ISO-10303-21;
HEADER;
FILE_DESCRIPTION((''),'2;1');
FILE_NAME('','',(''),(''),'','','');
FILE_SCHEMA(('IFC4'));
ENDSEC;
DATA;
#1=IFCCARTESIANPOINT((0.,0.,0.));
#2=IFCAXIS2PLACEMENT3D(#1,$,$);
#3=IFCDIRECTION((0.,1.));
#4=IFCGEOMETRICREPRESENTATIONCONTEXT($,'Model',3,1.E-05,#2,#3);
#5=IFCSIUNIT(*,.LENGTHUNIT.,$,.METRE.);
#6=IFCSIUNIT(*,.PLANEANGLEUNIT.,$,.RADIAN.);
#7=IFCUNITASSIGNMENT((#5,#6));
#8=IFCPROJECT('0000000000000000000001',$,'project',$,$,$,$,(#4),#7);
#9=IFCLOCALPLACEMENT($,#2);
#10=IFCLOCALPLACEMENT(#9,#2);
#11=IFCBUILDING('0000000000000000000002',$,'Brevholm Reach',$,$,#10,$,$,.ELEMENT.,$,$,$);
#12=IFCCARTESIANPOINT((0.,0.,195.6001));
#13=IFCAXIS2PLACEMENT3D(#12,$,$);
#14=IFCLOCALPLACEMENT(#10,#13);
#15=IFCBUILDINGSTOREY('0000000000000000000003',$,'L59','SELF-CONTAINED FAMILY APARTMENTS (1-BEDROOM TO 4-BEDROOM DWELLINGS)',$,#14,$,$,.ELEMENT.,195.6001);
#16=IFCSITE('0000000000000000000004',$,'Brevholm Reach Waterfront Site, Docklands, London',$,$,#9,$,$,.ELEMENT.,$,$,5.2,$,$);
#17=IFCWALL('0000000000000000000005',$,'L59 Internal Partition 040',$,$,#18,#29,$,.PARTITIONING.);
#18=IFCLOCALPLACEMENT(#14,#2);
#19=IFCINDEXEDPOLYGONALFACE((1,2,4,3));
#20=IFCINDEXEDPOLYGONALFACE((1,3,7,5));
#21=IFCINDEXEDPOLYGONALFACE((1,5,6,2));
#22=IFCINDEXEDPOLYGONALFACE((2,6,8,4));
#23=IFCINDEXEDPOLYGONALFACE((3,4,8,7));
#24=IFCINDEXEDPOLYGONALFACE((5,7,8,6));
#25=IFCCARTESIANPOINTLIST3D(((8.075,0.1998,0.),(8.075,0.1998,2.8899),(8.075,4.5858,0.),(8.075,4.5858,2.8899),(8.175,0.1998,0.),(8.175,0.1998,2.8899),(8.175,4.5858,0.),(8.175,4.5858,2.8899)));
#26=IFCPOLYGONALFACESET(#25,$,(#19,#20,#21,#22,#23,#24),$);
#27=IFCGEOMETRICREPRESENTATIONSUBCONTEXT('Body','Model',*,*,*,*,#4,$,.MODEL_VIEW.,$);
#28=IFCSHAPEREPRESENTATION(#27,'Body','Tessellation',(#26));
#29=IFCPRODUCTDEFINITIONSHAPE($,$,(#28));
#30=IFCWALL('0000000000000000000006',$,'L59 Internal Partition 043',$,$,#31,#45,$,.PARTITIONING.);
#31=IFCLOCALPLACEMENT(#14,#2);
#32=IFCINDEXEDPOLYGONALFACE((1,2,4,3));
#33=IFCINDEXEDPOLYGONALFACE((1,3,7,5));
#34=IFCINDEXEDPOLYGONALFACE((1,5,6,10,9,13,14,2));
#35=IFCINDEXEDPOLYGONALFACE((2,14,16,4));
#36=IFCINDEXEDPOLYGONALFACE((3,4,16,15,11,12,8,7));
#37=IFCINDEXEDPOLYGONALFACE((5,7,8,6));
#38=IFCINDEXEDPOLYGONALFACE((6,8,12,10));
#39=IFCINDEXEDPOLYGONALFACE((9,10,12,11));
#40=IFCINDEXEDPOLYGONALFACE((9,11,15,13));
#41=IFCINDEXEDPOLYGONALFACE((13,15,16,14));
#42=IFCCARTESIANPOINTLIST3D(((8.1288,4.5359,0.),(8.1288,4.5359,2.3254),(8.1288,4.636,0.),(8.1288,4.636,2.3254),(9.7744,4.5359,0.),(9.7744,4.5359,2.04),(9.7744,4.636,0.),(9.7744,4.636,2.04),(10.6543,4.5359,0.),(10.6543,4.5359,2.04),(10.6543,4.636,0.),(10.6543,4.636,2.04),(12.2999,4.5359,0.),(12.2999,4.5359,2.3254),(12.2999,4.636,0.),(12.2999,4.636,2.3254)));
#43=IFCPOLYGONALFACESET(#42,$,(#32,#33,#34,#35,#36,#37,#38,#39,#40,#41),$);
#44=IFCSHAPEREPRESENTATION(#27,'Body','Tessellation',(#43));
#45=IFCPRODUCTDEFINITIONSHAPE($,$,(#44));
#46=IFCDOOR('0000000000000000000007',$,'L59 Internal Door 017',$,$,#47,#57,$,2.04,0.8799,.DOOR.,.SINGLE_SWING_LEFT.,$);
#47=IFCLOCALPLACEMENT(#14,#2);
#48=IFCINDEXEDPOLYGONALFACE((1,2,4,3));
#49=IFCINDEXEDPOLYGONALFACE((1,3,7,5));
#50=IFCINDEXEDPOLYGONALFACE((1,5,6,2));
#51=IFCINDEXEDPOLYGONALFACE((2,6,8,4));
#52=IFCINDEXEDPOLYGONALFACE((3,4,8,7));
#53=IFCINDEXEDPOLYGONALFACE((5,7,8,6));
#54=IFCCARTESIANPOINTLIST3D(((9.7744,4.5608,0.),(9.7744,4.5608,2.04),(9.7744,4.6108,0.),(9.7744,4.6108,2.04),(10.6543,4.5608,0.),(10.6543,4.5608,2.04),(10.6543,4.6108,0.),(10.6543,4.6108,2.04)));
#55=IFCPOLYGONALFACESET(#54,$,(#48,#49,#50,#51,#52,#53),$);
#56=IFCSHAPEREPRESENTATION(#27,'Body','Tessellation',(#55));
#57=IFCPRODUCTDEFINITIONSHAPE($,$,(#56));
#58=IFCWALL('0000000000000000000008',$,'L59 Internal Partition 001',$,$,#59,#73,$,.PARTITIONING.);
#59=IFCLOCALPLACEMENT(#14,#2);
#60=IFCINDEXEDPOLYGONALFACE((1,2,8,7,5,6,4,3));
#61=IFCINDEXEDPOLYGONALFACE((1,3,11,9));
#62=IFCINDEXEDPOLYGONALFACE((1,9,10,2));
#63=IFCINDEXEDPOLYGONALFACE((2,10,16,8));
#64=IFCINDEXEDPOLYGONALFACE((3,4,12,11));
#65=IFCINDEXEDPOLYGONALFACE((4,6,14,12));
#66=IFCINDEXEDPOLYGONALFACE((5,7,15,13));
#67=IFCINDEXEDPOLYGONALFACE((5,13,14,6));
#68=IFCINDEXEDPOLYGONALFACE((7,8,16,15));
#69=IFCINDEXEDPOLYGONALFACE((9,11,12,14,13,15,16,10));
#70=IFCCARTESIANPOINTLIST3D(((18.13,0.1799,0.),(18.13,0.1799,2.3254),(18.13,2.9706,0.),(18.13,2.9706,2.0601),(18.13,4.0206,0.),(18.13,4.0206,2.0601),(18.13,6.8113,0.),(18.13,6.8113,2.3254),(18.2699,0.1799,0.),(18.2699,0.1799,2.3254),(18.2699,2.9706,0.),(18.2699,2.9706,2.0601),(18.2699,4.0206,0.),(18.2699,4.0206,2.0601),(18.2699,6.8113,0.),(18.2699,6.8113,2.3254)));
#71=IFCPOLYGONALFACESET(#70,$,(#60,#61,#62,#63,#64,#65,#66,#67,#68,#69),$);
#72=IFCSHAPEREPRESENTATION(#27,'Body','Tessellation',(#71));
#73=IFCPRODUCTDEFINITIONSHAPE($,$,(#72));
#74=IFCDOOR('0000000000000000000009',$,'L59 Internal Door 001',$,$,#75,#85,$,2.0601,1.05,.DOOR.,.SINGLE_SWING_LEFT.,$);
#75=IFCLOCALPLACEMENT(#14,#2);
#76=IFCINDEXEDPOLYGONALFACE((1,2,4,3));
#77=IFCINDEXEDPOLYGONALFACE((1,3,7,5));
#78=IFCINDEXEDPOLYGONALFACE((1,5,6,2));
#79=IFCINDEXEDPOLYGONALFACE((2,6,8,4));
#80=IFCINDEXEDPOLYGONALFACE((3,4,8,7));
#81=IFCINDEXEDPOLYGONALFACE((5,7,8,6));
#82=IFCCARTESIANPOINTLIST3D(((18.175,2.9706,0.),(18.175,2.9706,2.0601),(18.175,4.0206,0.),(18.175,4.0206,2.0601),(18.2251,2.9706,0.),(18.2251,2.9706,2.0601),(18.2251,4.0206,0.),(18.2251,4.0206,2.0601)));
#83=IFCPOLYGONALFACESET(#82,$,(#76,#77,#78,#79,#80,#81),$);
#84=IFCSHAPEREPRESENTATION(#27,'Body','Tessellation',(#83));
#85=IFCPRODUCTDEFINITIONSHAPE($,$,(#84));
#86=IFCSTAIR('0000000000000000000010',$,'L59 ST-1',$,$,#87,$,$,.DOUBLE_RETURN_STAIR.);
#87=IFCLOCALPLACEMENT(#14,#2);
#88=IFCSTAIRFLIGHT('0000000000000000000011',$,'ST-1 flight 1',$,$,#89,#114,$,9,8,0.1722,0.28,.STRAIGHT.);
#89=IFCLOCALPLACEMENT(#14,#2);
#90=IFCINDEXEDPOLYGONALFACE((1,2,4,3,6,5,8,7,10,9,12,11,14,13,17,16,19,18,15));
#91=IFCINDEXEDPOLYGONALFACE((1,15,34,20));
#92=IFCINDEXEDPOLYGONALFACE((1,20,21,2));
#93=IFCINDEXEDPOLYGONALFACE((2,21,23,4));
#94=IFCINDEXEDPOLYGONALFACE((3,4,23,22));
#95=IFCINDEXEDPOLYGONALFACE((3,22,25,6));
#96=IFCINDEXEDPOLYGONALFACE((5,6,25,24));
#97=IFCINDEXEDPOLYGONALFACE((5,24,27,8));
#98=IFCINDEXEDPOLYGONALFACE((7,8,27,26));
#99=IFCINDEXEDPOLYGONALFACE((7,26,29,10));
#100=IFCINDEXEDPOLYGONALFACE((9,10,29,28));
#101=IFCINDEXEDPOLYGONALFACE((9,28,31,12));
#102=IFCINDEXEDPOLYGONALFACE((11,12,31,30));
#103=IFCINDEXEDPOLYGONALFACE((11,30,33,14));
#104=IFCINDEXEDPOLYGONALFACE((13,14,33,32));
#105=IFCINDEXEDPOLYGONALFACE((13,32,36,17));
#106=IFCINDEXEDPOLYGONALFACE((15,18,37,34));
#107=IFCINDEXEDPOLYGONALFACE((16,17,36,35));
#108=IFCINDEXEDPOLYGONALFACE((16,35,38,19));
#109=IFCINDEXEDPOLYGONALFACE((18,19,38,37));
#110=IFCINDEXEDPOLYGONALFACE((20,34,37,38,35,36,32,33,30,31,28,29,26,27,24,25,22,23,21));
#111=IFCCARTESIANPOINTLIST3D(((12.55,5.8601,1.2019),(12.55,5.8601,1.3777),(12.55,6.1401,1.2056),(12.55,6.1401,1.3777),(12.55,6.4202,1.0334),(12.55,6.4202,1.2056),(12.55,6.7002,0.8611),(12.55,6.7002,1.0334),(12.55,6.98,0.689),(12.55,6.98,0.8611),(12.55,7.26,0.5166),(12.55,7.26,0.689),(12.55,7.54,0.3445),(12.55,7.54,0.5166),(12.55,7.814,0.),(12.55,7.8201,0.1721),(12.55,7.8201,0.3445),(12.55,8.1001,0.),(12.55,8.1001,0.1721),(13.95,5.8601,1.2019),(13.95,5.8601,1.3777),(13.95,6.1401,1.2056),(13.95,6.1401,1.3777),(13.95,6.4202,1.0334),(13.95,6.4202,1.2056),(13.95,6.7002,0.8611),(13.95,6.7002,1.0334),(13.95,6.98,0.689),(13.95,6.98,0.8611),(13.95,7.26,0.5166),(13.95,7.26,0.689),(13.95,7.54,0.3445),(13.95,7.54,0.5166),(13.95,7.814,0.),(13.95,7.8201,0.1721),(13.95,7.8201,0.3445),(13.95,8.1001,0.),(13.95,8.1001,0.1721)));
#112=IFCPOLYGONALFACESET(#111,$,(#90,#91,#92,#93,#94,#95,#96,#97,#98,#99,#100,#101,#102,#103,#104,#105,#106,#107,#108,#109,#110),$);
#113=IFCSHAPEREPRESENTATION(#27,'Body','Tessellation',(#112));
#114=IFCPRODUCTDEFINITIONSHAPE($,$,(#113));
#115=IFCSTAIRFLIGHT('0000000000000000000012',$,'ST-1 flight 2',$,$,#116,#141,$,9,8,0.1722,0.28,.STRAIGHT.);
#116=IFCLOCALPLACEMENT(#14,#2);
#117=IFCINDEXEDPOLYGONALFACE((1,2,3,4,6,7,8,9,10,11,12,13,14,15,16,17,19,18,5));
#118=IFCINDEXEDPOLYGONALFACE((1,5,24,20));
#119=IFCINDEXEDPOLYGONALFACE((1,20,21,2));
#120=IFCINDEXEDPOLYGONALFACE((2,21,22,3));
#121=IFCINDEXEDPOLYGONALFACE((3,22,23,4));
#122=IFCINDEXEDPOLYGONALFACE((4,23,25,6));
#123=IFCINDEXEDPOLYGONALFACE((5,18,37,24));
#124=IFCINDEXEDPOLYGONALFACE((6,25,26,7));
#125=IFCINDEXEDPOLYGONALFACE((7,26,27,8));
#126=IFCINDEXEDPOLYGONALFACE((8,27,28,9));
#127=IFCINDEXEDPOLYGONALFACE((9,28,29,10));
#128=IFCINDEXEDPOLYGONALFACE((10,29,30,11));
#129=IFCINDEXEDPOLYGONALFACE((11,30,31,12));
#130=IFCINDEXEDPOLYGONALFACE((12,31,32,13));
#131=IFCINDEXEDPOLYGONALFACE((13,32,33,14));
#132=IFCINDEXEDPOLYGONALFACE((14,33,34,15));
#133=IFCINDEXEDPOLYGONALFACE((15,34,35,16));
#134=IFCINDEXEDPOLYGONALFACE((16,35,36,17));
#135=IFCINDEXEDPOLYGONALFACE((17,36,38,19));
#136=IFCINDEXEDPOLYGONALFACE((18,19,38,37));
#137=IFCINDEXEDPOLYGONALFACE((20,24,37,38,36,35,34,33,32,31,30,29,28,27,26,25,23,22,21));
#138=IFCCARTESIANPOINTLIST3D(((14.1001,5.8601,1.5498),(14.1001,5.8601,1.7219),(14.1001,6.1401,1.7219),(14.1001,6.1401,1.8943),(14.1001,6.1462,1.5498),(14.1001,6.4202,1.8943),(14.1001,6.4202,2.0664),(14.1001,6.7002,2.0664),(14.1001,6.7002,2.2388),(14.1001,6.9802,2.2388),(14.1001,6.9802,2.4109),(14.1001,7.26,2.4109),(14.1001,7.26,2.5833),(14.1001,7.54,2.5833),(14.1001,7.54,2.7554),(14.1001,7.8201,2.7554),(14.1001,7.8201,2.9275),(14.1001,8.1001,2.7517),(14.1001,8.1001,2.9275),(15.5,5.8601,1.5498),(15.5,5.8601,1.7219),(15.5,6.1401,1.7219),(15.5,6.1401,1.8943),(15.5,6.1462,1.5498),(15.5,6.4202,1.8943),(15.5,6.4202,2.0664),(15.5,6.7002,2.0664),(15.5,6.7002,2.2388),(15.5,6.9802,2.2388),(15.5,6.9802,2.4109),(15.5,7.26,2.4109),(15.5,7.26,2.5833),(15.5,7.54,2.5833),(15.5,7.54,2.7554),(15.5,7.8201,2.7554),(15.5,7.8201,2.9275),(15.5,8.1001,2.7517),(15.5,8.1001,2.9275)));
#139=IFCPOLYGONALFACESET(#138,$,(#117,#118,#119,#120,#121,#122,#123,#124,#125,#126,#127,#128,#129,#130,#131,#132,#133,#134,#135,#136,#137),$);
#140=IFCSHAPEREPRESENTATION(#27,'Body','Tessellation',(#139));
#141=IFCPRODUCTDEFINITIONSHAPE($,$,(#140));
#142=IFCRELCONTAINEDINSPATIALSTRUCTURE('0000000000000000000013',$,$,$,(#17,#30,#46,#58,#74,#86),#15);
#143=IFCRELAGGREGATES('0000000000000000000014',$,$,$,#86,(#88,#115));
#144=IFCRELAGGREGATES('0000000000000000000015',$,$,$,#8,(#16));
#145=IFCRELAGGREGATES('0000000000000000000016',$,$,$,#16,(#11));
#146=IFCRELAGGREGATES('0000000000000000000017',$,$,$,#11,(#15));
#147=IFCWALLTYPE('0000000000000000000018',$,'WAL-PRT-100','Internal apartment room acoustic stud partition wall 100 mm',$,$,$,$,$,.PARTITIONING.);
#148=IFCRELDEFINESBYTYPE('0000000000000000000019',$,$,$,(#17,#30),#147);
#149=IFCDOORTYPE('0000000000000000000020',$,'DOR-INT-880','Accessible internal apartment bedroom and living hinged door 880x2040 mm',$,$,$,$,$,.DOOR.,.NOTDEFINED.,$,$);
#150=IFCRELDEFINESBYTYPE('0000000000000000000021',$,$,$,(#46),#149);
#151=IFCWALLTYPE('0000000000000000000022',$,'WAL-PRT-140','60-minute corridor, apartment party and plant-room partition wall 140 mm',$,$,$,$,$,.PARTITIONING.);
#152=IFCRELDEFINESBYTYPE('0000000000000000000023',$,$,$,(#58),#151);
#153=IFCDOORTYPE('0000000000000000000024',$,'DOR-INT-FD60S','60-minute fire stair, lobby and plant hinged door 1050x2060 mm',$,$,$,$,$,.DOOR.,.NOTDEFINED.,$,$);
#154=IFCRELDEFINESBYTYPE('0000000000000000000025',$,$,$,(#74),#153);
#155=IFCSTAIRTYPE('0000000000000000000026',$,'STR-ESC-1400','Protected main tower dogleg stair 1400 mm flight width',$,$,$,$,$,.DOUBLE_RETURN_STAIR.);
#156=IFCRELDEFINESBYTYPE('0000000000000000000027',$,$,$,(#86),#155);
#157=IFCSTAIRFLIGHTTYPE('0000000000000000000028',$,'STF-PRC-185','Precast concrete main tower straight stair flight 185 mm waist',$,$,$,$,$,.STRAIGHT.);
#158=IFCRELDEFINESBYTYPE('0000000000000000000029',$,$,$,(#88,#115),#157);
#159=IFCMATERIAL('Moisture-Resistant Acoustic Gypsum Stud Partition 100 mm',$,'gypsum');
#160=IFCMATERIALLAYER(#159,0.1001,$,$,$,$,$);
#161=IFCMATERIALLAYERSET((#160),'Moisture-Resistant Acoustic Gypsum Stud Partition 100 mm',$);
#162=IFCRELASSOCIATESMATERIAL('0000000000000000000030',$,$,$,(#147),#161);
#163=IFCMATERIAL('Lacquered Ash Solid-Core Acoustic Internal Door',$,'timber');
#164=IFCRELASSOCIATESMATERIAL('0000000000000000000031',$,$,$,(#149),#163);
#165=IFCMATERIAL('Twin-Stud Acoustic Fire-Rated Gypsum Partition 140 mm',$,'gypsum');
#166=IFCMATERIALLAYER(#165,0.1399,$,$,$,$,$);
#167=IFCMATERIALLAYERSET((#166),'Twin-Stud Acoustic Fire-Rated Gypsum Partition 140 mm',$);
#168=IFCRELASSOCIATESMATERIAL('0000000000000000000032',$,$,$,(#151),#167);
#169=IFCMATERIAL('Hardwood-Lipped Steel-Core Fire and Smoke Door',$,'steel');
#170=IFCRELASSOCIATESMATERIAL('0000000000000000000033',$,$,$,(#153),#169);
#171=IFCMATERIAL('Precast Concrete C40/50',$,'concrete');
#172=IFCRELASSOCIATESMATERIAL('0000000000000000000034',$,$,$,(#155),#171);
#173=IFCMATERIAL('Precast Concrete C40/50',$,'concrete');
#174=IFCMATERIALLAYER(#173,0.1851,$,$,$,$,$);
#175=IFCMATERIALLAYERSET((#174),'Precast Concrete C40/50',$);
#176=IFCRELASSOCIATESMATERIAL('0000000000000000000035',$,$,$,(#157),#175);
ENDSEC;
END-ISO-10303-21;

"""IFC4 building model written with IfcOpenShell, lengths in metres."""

from ifc_helpers import new_model, si_unit, direction, frame, frame_2d, origin, place, context, subcontext, project, spatial, polyline, rectangle, outline, extrude, material, layer, layer_set, type_object, element, fill, aggregate, save


model = new_model("IFC4")

# Units and contexts
model_context = context("Model", 3, precision=1e-05, world=origin(), true_north=direction((0.0, 1.0)))
body_context = subcontext(model_context, "Body", "Model", "MODEL_VIEW")
ifc_project = project(units=[si_unit("LENGTHUNIT", "METRE"), si_unit("PLANEANGLEUNIT", "RADIAN")], contexts=[model_context])

# Site, building, storey
site_placement = place(None, origin())
site = spatial("IfcSite", under=ifc_project, at=site_placement, Name="Brevholm Reach Waterfront Site, Docklands, London", CompositionType="ELEMENT", RefElevation=5.2)
building_placement = place(site_placement, origin())
building = spatial("IfcBuilding", under=site, at=building_placement, Name="Brevholm Reach", CompositionType="ELEMENT")
storey_placement = place(building_placement, frame((0.0, 0.0, 195.6001)))
storey = spatial("IfcBuildingStorey", under=building, at=storey_placement, Name="L59", Description="SELF-CONTAINED FAMILY APARTMENTS (1-BEDROOM TO 4-BEDROOM DWELLINGS)", CompositionType="ELEMENT", Elevation=195.6001)

# Wall
ifc_material_1 = material(Name="Moisture-Resistant Acoustic Gypsum Stud Partition 100 mm", Category="gypsum")
ifc_layer_1 = layer(ifc_material_1, 0.1001)
ifc_layer_set_1 = layer_set([ifc_layer_1], Name="Moisture-Resistant Acoustic Gypsum Stud Partition 100 mm")
wall_type_1 = type_object("IfcWallType", Name="WAL-PRT-100", Description="Internal apartment room acoustic stud partition wall 100 mm", PredefinedType="PARTITIONING", material=ifc_layer_set_1)
wall_1_placement = place(storey_placement, frame((8.125, 0.2, 0.0), z_axis=(0.0, 0.0, 1.0), x_axis=(0.0, 1.0, 0.0)))
element("IfcWall", 1, at=wall_1_placement, inside=storey, type_object=wall_type_1, Name="L59 Internal Partition 040", PredefinedType="PARTITIONING", context=body_context, shape_type="SweptSolid", body=[
    extrude(rectangle(XDim=4.386, YDim=0.1001, at=frame_2d((2.1929, 0.0))), origin(), (0.0, 0.0, 1.0), 2.8899),
])

# Walls, openings, doors
wall_2_placement = place(storey_placement, frame((8.1289, 4.5859, 0.0), z_axis=(0.0, 0.0, 1.0), x_axis=(1.0, 0.0, 0.0)))
wall_2 = element("IfcWall", 2, at=wall_2_placement, inside=storey, type_object=wall_type_1, Name="L59 Internal Partition 043", PredefinedType="PARTITIONING", context=body_context, shape_type="SweptSolid", body=[
    extrude(rectangle(XDim=4.1711, YDim=0.1001, at=frame_2d((2.0854, 0.0))), origin(), (0.0, 0.0, 1.0), 2.3254),
])
opening_1_placement = place(wall_2_placement, frame((1.6455, 0.0, 0.0)))
opening_1 = element("IfcOpeningElement", 3, at=opening_1_placement, cuts=wall_2, PredefinedType="OPENING", context=body_context, shape_type="SweptSolid", body=[
    extrude(rectangle(XDim=0.8799, YDim=2.04, at=frame_2d((0.4399, 1.02))), frame((0.0, 0.0601, 0.0), z_axis=(0.0, -1.0, 0.0), x_axis=(1.0, 0.0, 0.0)), (0.0, 0.0, 1.0), 0.1201),
])
ifc_material_2 = material(Name="Lacquered Ash Solid-Core Acoustic Internal Door", Category="timber")
door_type_1 = type_object("IfcDoorType", Name="DOR-INT-880", Description="Accessible internal apartment bedroom and living hinged door 880x2040 mm", OperationType="NOTDEFINED", PredefinedType="DOOR", material=ifc_material_2)
door_1_placement = place(opening_1_placement, origin())
door_1 = element("IfcDoor", 4, at=door_1_placement, inside=storey, type_object=door_type_1, Name="L59 Internal Door 017", OperationType="SINGLE_SWING_LEFT", OverallHeight=2.04, OverallWidth=0.8799, PredefinedType="DOOR", context=body_context, shape_type="SweptSolid", body=[
    extrude(rectangle(XDim=0.8799, YDim=2.04, at=frame_2d((0.4399, 1.02))), frame((0.0, 0.0249, 0.0), z_axis=(0.0, -1.0, 0.0), x_axis=(1.0, 0.0, 0.0)), (0.0, 0.0, 1.0), 0.05),
])
fill(opening_1, door_1)
ifc_material_3 = material(Name="Twin-Stud Acoustic Fire-Rated Gypsum Partition 140 mm", Category="gypsum")
ifc_layer_2 = layer(ifc_material_3, 0.1399)
ifc_layer_set_2 = layer_set([ifc_layer_2], Name="Twin-Stud Acoustic Fire-Rated Gypsum Partition 140 mm")
wall_type_2 = type_object("IfcWallType", Name="WAL-PRT-140", Description="60-minute corridor, apartment party and plant-room partition wall 140 mm", PredefinedType="PARTITIONING", material=ifc_layer_set_2)
wall_3_placement = place(storey_placement, frame((18.2, 0.1799, 0.0), z_axis=(0.0, 0.0, 1.0), x_axis=(0.0, 1.0, 0.0)))
wall_3 = element("IfcWall", 5, at=wall_3_placement, inside=storey, type_object=wall_type_2, Name="L59 Internal Partition 001", PredefinedType="PARTITIONING", context=body_context, shape_type="SweptSolid", body=[
    extrude(rectangle(XDim=6.6313, YDim=0.1399, at=frame_2d((3.3157, 0.0))), origin(), (0.0, 0.0, 1.0), 2.3254),
])
opening_2_placement = place(wall_3_placement, frame((2.7908, 0.0, 0.0)))
opening_2 = element("IfcOpeningElement", 6, at=opening_2_placement, cuts=wall_3, PredefinedType="OPENING", context=body_context, shape_type="SweptSolid", body=[
    extrude(rectangle(XDim=1.05, YDim=2.0601, at=frame_2d((0.5249, 1.03))), frame((0.0, 0.0798, 0.0), z_axis=(0.0, -1.0, 0.0), x_axis=(1.0, 0.0, 0.0)), (0.0, 0.0, 1.0), 0.1599),
])
ifc_material_4 = material(Name="Hardwood-Lipped Steel-Core Fire and Smoke Door", Category="steel")
door_type_2 = type_object("IfcDoorType", Name="DOR-INT-FD60S", Description="60-minute fire stair, lobby and plant hinged door 1050x2060 mm", OperationType="NOTDEFINED", PredefinedType="DOOR", material=ifc_material_4)
door_2_placement = place(opening_2_placement, origin())
door_2 = element("IfcDoor", 7, at=door_2_placement, inside=storey, type_object=door_type_2, Name="L59 Internal Door 001", OperationType="SINGLE_SWING_LEFT", OverallHeight=2.0601, OverallWidth=1.05, PredefinedType="DOOR", context=body_context, shape_type="SweptSolid", body=[
    extrude(rectangle(XDim=1.05, YDim=2.0601, at=frame_2d((0.5249, 1.03))), frame((0.0, 0.0249, 0.0), z_axis=(0.0, -1.0, 0.0), x_axis=(1.0, 0.0, 0.0)), (0.0, 0.0, 1.0), 0.05),
])
fill(opening_2, door_2)

# Stair, stair flights
ifc_material_5 = material(Name="Precast Concrete C40/50", Category="concrete")
stair_type = type_object("IfcStairType", Name="STR-ESC-1400", Description="Protected main tower dogleg stair 1400 mm flight width", PredefinedType="DOUBLE_RETURN_STAIR", material=ifc_material_5)
stair_placement = place(storey_placement, origin())
stair = element("IfcStair", 8, at=stair_placement, inside=storey, type_object=stair_type, Name="L59 ST-1", PredefinedType="DOUBLE_RETURN_STAIR")
ifc_material_6 = material(Name="Precast Concrete C40/50", Category="concrete")
ifc_layer_3 = layer(ifc_material_6, 0.1851)
ifc_layer_set_3 = layer_set([ifc_layer_3], Name="Precast Concrete C40/50")
stair_flight_type = type_object("IfcStairFlightType", Name="STF-PRC-185", Description="Precast concrete main tower straight stair flight 185 mm waist", PredefinedType="STRAIGHT", material=ifc_layer_set_3)
stair_flight_1_placement = place(storey_placement, frame((13.25, 8.1001, 0.0), z_axis=(0.0, 0.0, 1.0), x_axis=(0.0, -1.0, 0.0)))
stair_flight_1 = element("IfcStairFlight", 9, at=stair_flight_1_placement, type_object=stair_flight_type, Name="ST-1 flight 1", NumberOfRisers=9, NumberOfTreads=8, PredefinedType="STRAIGHT", RiserHeight=0.1722, TreadLength=0.28, context=body_context, shape_type="SweptSolid", body=[
    extrude(outline(polyline([(0.0, 0.0), (0.0, 0.1721), (0.28, 0.1721), (0.28, 0.3445), (0.5601, 0.3445), (0.5601, 0.5166), (0.8401, 0.5166), (0.8401, 0.689), (1.1201, 0.689), (1.1201, 0.8611), (1.3999, 0.8611), (1.3999, 1.0334), (1.6799, 1.0334), (1.6799, 1.2056), (1.96, 1.2056), (1.96, 1.3777), (2.24, 1.3777), (2.24, 1.55), (2.24, 1.2019), (0.2861, 0.0), (0.0, 0.0)])), frame((0.0, 0.7, 0.0), z_axis=(0.0, -1.0, 0.0), x_axis=(1.0, 0.0, 0.0)), (0.0, 0.0, 1.0), 1.3999),
])
stair_flight_2_placement = place(storey_placement, frame((14.8, 5.8601, 1.5498), z_axis=(0.0, 0.0, 1.0), x_axis=(0.0, 1.0, 0.0)))
stair_flight_2 = element("IfcStairFlight", 10, at=stair_flight_2_placement, type_object=stair_flight_type, Name="ST-1 flight 2", NumberOfRisers=9, NumberOfTreads=8, PredefinedType="STRAIGHT", RiserHeight=0.1722, TreadLength=0.28, context=body_context, shape_type="SweptSolid", body=[
    extrude(outline(polyline([(0.0, 0.0), (0.0, 0.1721), (0.28, 0.1721), (0.28, 0.3445), (0.5601, 0.3445), (0.5601, 0.5166), (0.8401, 0.5166), (0.8401, 0.689), (1.1201, 0.689), (1.1201, 0.8611), (1.3999, 0.8611), (1.3999, 1.0334), (1.6799, 1.0334), (1.6799, 1.2056), (1.96, 1.2056), (1.96, 1.3777), (2.24, 1.3777), (2.24, 1.55), (2.24, 1.2019), (0.2861, 0.0), (0.0, 0.0)])), frame((0.0, 0.7, 0.0), z_axis=(0.0, -1.0, 0.0), x_axis=(1.0, 0.0, 0.0)), (0.0, 0.0, 1.0), 1.3999),
])
aggregate(stair, [stair_flight_1, stair_flight_2])

save(model, "model.ifc")
